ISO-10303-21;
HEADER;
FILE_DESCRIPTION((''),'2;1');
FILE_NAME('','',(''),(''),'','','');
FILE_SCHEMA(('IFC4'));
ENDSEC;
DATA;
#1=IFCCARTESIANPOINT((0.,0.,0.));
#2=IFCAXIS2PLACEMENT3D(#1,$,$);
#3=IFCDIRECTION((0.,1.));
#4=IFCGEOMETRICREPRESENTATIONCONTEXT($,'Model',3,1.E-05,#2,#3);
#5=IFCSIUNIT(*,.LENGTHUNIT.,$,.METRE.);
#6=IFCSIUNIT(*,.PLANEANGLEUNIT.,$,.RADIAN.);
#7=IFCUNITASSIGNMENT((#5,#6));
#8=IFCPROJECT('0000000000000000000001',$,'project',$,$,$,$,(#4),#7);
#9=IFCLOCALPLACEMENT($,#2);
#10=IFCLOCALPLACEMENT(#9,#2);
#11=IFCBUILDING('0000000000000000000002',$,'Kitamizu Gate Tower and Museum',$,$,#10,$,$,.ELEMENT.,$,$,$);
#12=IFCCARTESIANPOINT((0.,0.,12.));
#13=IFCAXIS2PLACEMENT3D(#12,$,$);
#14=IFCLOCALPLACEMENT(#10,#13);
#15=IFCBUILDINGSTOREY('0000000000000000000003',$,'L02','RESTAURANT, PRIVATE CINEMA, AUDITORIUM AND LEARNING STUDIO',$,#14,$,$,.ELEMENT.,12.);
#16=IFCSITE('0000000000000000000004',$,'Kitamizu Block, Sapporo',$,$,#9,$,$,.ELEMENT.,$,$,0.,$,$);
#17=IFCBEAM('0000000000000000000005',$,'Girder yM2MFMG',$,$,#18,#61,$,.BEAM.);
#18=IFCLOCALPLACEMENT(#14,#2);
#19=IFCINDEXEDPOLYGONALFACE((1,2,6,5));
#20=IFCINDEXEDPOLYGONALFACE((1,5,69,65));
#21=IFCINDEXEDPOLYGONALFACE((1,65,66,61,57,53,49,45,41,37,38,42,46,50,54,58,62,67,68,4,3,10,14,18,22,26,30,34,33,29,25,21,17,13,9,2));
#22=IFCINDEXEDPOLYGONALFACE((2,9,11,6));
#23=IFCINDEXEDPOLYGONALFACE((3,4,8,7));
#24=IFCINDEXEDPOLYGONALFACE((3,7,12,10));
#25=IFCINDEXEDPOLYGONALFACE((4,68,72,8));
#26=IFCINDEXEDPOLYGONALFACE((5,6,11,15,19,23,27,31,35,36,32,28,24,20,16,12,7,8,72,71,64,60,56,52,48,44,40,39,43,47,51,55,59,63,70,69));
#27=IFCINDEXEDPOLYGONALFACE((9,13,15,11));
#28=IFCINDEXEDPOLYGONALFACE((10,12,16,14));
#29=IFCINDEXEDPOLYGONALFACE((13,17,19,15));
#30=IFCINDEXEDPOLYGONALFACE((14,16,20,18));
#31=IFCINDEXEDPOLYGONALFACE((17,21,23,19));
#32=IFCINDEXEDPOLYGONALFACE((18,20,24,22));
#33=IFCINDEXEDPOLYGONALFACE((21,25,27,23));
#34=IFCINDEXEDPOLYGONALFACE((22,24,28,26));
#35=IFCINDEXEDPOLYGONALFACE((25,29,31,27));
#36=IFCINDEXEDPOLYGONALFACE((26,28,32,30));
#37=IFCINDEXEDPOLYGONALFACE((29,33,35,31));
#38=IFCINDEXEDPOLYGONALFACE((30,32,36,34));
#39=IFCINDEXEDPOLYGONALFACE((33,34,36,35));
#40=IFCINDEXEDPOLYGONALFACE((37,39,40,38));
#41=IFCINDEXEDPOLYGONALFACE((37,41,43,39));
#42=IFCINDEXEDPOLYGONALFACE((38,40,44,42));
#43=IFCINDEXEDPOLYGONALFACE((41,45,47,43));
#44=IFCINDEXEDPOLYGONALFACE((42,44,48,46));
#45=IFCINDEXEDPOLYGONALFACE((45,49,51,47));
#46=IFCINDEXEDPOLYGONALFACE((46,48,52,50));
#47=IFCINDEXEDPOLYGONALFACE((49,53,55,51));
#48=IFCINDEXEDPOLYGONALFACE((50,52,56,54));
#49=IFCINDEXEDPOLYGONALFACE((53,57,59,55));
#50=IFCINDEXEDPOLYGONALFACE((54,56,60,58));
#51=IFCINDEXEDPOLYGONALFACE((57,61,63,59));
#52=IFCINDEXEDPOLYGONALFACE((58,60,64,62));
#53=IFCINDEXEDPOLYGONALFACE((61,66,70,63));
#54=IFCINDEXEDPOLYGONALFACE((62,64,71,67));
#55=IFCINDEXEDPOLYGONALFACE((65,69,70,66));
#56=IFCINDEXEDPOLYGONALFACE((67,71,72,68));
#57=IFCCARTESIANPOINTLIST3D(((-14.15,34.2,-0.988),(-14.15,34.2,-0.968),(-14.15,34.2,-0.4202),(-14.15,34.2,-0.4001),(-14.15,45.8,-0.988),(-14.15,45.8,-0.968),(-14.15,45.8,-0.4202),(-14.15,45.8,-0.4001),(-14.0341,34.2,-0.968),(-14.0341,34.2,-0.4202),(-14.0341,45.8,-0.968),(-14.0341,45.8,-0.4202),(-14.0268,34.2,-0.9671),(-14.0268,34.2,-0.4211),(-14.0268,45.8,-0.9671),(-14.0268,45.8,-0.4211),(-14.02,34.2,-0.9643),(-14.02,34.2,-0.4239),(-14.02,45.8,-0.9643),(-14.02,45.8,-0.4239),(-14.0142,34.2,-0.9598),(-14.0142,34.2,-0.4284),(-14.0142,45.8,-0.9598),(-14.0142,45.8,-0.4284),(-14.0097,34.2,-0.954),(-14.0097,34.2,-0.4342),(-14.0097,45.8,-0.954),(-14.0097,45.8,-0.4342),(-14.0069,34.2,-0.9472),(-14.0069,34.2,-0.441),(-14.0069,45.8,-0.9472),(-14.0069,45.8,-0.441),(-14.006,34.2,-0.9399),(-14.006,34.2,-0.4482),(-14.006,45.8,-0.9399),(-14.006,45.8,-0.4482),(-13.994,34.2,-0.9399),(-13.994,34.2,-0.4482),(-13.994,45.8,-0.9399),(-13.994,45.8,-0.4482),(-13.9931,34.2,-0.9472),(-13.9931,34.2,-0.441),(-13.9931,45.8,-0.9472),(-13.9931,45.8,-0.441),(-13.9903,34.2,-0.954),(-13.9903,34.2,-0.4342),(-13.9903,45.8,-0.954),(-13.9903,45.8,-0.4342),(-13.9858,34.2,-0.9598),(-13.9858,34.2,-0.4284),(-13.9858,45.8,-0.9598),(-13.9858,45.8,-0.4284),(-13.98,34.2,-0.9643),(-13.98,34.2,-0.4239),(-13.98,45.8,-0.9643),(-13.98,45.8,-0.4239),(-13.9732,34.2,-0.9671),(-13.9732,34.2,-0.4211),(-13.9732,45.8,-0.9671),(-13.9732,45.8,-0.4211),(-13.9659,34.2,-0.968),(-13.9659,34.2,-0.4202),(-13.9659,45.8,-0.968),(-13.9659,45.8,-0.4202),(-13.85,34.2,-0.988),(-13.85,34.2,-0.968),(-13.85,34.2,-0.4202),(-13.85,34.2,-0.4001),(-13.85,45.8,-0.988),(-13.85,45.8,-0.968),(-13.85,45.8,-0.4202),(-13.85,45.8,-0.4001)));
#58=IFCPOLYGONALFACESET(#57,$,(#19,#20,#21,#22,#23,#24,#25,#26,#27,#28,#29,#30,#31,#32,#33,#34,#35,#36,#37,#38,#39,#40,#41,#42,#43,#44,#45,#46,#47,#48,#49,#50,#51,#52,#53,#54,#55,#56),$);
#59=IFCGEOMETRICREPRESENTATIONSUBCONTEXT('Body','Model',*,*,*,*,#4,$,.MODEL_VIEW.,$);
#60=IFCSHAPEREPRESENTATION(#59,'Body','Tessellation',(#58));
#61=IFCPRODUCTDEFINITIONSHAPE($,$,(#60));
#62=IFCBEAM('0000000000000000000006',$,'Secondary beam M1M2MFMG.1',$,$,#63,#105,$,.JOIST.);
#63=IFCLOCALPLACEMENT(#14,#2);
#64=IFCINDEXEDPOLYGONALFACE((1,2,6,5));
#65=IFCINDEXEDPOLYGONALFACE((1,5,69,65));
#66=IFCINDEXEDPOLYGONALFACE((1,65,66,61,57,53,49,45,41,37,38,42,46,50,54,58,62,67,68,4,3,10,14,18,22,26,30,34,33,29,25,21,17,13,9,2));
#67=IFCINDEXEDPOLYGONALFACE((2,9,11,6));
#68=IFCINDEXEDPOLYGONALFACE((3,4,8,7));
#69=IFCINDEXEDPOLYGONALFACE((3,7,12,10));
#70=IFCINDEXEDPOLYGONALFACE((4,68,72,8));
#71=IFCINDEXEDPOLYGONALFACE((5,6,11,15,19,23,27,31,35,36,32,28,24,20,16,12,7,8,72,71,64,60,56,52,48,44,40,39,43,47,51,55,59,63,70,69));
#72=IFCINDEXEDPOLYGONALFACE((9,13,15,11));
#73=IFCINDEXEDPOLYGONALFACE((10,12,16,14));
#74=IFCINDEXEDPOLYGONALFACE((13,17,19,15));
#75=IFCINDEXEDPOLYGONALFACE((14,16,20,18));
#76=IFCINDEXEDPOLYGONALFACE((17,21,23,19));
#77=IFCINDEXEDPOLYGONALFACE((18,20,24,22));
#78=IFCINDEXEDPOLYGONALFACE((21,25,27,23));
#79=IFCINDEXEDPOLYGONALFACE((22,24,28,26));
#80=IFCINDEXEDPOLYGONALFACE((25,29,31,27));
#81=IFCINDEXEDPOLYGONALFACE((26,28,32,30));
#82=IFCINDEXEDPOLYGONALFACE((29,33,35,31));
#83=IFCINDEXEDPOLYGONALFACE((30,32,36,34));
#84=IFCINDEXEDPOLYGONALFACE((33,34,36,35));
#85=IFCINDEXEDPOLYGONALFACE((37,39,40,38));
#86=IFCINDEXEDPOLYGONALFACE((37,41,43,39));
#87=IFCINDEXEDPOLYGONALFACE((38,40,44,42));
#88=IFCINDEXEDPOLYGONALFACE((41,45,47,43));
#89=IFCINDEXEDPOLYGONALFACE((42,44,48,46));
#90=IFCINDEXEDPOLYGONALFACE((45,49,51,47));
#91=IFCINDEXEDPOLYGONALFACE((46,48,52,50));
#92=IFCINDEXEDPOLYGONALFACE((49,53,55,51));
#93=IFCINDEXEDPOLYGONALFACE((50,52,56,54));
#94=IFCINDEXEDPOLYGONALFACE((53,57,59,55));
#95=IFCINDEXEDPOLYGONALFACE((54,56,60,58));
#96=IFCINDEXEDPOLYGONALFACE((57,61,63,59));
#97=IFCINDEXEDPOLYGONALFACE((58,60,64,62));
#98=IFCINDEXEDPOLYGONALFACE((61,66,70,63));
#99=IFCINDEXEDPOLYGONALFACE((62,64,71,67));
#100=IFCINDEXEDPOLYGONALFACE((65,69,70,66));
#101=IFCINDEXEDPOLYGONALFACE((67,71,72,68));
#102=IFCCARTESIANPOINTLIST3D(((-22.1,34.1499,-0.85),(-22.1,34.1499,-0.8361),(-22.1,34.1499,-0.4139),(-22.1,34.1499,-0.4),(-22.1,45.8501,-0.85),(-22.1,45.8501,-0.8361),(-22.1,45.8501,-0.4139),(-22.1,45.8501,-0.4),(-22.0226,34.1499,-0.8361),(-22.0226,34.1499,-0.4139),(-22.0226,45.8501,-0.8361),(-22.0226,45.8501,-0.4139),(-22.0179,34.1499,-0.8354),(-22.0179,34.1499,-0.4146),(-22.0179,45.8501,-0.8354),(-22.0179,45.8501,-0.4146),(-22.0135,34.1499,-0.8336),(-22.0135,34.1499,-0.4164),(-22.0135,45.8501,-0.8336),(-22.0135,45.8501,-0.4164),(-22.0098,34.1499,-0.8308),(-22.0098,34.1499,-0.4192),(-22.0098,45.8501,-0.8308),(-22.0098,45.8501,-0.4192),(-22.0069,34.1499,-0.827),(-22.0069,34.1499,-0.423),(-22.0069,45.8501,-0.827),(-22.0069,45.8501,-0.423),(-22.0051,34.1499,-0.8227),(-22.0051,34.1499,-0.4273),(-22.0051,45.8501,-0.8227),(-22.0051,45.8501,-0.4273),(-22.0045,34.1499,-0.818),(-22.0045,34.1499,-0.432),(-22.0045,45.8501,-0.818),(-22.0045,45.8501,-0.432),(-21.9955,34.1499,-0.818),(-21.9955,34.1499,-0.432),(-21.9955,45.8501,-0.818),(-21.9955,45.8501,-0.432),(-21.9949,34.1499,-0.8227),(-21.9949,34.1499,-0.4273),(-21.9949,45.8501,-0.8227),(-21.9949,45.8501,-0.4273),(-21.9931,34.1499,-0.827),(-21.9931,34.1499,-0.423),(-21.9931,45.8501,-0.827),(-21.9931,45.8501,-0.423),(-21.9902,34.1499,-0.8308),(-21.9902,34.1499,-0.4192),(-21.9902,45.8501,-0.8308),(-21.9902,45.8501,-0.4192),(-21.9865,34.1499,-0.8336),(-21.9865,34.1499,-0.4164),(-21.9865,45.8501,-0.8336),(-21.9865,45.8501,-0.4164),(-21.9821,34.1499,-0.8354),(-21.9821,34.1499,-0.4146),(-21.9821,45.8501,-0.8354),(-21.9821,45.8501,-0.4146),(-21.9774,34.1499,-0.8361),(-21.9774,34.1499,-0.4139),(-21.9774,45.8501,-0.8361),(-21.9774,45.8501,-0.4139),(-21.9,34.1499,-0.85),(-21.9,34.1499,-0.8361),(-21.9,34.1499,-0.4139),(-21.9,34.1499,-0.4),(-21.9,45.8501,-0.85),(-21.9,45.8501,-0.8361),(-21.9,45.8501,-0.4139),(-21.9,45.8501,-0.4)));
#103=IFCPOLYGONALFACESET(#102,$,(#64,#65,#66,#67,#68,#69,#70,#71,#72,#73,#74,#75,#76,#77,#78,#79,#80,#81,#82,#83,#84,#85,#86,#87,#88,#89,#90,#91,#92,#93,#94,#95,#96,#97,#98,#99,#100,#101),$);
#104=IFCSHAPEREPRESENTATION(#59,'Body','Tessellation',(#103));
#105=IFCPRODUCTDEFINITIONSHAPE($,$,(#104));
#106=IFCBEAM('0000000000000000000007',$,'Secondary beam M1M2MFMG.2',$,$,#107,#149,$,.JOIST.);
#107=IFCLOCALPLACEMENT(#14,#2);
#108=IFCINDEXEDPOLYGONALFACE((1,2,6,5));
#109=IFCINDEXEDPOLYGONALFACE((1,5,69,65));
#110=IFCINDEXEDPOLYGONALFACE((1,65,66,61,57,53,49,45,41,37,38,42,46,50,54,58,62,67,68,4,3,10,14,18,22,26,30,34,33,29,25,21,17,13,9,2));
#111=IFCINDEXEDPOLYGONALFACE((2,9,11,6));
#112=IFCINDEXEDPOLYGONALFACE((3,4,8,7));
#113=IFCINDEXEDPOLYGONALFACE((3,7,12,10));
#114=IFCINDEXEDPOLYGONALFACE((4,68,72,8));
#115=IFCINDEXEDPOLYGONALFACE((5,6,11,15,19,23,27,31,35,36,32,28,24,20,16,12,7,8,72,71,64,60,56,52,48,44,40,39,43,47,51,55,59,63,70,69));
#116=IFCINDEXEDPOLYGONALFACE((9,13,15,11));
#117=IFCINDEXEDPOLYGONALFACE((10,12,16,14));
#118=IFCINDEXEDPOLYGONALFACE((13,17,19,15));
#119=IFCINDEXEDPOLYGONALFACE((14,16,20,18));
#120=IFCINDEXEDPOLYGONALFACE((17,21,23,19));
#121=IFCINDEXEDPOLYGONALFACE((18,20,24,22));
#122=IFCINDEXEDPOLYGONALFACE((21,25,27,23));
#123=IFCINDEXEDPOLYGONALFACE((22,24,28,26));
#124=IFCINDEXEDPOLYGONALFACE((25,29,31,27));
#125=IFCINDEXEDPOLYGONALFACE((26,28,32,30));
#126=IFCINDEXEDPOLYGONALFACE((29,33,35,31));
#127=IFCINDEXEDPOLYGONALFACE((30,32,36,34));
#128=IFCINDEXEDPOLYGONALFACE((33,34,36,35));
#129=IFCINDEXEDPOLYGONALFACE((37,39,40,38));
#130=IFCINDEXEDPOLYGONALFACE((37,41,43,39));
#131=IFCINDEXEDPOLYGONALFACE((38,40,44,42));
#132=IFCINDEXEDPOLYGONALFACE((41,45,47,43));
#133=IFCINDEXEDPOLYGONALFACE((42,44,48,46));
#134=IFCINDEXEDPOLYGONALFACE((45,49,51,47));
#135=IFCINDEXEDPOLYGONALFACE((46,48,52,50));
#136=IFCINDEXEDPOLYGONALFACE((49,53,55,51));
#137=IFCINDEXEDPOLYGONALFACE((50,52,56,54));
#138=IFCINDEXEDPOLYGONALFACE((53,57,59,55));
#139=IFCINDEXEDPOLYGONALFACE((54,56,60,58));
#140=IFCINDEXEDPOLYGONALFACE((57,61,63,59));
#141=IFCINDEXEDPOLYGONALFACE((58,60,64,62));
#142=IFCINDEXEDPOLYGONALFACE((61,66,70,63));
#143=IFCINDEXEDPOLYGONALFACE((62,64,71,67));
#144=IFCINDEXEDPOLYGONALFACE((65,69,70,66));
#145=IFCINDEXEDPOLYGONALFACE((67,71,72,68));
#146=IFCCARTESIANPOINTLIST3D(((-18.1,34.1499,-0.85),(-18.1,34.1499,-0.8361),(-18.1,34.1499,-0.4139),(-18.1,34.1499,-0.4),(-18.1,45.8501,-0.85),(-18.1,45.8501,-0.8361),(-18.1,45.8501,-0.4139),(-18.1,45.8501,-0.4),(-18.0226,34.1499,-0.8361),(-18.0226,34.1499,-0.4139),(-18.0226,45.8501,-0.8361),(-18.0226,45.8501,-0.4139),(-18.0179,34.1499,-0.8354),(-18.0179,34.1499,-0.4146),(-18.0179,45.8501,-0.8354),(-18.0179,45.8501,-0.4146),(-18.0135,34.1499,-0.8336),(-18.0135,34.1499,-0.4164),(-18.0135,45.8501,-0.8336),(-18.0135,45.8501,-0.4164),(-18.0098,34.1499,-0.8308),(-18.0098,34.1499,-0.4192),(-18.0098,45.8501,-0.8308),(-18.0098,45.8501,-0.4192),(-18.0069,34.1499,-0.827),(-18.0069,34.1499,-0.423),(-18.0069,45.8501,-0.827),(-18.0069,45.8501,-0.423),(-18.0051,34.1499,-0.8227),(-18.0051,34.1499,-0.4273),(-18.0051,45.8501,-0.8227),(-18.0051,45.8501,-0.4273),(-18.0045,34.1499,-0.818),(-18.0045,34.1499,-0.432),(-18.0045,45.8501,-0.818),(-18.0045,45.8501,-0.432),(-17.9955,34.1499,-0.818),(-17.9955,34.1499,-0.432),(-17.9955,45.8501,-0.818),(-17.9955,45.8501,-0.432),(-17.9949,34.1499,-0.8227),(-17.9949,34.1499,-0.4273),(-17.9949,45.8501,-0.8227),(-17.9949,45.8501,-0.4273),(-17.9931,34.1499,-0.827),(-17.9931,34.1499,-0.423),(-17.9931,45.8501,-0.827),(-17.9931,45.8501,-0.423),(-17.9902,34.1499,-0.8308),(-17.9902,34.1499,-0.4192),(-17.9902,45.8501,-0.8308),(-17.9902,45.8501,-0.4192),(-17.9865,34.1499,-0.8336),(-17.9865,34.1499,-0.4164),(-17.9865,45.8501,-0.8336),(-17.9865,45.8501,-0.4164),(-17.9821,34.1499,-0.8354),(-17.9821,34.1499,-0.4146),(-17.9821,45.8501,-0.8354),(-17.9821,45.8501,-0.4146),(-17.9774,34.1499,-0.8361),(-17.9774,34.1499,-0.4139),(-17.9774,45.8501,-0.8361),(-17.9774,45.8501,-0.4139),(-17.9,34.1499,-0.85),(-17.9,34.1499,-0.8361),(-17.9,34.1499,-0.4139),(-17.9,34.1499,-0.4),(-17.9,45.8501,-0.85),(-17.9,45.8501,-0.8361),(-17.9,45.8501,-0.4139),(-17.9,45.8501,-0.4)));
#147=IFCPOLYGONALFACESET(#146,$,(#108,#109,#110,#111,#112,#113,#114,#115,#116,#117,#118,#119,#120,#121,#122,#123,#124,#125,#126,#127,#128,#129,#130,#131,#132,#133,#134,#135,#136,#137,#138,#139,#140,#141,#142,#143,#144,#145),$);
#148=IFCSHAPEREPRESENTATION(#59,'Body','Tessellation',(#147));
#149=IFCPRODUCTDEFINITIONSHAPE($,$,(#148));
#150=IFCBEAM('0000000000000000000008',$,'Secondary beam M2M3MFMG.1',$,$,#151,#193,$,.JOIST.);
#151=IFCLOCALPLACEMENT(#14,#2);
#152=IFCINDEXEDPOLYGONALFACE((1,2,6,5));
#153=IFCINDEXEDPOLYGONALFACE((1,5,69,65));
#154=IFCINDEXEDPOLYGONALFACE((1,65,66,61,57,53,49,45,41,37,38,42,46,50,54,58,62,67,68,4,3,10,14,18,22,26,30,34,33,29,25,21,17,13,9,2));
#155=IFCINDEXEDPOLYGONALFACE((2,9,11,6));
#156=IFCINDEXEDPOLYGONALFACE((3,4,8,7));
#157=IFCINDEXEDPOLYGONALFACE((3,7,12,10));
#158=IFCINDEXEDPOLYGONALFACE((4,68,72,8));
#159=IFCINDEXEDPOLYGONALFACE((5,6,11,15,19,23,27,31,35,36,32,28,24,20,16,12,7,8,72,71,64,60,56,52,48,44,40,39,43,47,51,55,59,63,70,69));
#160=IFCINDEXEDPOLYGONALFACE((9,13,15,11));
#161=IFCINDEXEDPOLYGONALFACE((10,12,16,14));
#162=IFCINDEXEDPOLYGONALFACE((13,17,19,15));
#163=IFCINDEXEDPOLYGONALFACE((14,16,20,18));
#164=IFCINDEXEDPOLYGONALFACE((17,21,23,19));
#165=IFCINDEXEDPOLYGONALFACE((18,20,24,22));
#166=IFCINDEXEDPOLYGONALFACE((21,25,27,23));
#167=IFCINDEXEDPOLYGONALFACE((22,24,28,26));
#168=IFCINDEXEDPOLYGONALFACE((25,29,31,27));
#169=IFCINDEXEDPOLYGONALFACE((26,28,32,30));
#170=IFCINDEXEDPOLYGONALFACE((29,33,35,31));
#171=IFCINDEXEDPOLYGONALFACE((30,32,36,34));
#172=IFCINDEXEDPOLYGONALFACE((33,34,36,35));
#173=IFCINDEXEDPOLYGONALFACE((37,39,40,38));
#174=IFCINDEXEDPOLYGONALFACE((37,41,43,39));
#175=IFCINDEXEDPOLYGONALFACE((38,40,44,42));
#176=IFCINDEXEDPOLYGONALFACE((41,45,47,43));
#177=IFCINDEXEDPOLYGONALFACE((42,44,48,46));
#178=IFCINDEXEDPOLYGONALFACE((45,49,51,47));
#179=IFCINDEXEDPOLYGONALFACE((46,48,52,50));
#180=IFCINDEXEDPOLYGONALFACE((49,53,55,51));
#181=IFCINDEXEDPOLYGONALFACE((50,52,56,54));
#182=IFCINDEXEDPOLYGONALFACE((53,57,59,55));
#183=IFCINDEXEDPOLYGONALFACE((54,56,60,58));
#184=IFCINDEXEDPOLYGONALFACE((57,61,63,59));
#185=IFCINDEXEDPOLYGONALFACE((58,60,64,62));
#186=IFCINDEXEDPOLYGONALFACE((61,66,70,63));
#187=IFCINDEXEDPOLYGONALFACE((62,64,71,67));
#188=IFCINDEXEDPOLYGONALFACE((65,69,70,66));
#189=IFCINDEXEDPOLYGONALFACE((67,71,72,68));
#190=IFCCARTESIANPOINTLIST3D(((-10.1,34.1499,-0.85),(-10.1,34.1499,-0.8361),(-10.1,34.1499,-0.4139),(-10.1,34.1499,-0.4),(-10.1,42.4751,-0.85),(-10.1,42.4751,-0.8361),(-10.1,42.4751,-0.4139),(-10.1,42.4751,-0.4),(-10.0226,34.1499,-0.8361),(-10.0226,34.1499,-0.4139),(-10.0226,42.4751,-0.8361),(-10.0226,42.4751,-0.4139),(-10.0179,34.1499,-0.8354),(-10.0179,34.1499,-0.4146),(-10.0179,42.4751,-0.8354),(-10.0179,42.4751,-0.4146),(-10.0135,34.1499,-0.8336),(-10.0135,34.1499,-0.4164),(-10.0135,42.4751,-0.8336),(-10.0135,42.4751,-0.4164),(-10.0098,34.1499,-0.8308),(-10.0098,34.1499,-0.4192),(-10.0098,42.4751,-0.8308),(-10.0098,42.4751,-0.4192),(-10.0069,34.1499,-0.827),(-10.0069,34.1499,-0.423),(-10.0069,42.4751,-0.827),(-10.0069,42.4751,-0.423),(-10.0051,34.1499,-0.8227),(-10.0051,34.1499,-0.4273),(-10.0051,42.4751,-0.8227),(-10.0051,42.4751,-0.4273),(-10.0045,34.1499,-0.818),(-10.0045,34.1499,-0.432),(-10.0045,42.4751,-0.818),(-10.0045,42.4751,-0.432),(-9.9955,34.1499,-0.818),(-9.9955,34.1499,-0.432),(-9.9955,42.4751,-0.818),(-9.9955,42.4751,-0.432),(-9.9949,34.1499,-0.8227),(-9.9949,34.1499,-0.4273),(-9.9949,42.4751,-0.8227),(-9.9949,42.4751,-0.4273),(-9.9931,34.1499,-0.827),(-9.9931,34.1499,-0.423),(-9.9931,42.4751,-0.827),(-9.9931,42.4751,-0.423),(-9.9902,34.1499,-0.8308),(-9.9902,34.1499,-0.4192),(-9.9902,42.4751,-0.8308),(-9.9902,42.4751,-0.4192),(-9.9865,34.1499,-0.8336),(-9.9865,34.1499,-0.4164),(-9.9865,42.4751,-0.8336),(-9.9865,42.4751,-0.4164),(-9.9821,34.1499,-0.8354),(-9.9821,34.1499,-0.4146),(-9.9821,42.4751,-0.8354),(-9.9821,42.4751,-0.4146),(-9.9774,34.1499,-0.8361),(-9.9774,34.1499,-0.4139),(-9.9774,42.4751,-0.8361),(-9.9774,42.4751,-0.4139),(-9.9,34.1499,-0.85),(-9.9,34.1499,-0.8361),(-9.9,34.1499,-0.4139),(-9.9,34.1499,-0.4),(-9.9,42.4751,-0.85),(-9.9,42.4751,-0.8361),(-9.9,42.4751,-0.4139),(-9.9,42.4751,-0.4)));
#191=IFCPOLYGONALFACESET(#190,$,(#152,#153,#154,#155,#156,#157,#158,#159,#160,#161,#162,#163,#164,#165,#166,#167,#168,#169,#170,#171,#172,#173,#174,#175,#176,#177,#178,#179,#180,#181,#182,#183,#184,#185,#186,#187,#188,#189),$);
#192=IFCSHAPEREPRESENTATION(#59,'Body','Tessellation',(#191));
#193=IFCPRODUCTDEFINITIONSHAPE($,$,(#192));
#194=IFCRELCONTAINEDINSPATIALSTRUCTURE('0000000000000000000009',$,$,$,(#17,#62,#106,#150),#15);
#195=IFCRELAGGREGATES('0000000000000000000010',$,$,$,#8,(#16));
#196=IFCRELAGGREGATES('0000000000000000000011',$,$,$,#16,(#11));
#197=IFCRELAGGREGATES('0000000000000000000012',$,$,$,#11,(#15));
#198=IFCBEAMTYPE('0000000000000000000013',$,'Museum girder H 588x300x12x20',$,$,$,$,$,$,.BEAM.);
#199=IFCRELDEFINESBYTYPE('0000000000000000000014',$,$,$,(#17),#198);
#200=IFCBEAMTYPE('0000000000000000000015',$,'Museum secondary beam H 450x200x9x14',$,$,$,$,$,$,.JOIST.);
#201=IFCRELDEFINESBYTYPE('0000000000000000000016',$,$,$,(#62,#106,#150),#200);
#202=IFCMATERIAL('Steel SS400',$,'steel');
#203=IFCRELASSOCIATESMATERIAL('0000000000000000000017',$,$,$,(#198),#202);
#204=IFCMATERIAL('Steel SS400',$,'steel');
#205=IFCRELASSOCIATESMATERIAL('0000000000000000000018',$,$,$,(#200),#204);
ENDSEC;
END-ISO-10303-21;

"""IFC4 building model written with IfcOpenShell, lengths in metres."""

from ifc_helpers import new_model, si_unit, direction, frame, origin, origin_2d, place, context, subcontext, project, spatial, i_section, extrude, material, material_profile, profile_set, type_object, element, save


model = new_model("IFC4")

# Units and contexts
model_context = context("Model", 3, precision=1e-05, world=origin(), true_north=direction((0.0, 1.0)))
body_context = subcontext(model_context, "Body", "Model", "MODEL_VIEW")
ifc_project = project(units=[si_unit("LENGTHUNIT", "METRE"), si_unit("PLANEANGLEUNIT", "RADIAN")], contexts=[model_context])

# Site, building, storey
site_placement = place(None, origin())
site = spatial("IfcSite", under=ifc_project, at=site_placement, Name="Kitamizu Block, Sapporo", CompositionType="ELEMENT", RefElevation=0.0)
building_placement = place(site_placement, origin())
building = spatial("IfcBuilding", under=site, at=building_placement, Name="Kitamizu Gate Tower and Museum", CompositionType="ELEMENT")
storey_placement = place(building_placement, frame((0.0, 0.0, 12.0)))
storey = spatial("IfcBuildingStorey", under=building, at=storey_placement, Name="L02", Description="RESTAURANT, PRIVATE CINEMA, AUDITORIUM AND LEARNING STUDIO", CompositionType="ELEMENT", Elevation=12.0)

# Beams
ifc_material_1 = material(Name="Steel SS400", Category="steel")
ifc_material_profile_1 = material_profile(ifc_material_1, i_section(OverallWidth=0.3, OverallDepth=0.5879, WebThickness=0.012, FlangeThickness=0.02, FilletRadius=0.0281, at=origin_2d()), Name="H-588x300x12x20")
ifc_profile_set_1 = profile_set([ifc_material_profile_1], Name="Steel SS400")
beam_type_1 = type_object("IfcBeamType", Name="Museum girder H 588x300x12x20", PredefinedType="BEAM", material=ifc_profile_set_1)
for number, where, z_axis, x_axis, name in (
    (1, (-14.0, 34.2, -0.6941), (0.0, 1.0, 0.0), (-1.0, 0.0, 0.0), "Girder yM2MFMG"),
):
    element("IfcBeam", number, at=place(storey_placement, frame(where, z_axis=z_axis, x_axis=x_axis)), inside=storey, type_object=beam_type_1, Name=name, PredefinedType="BEAM", context=body_context, shape_type="SweptSolid", body=[
        extrude(i_section(OverallWidth=0.3, OverallDepth=0.5879, WebThickness=0.012, FlangeThickness=0.02, FilletRadius=0.0281, at=origin_2d()), origin(), (0.0, 0.0, 1.0), 11.6001),
    ])
ifc_material_2 = material(Name="Steel SS400", Category="steel")
ifc_material_profile_2 = material_profile(ifc_material_2, i_section(OverallWidth=0.2, OverallDepth=0.45, WebThickness=0.009, FlangeThickness=0.0139, FilletRadius=0.0181, at=origin_2d()), Name="H-450x200x9x14")
ifc_profile_set_2 = profile_set([ifc_material_profile_2], Name="Steel SS400")
beam_type_2 = type_object("IfcBeamType", Name="Museum secondary beam H 450x200x9x14", PredefinedType="JOIST", material=ifc_profile_set_2)
for number, where, z_axis, x_axis, name in (
    (2, (-22.0, 34.1499, -0.625), (0.0, 1.0, 0.0), (-1.0, 0.0, 0.0), "Secondary beam M1M2MFMG.1"),
    (3, (-18.0, 34.1499, -0.625), (0.0, 1.0, 0.0), (-1.0, 0.0, 0.0), "Secondary beam M1M2MFMG.2"),
):
    element("IfcBeam", number, at=place(storey_placement, frame(where, z_axis=z_axis, x_axis=x_axis)), inside=storey, type_object=beam_type_2, Name=name, PredefinedType="JOIST", context=body_context, shape_type="SweptSolid", body=[
        extrude(i_section(OverallWidth=0.2, OverallDepth=0.45, WebThickness=0.009, FlangeThickness=0.0139, FilletRadius=0.0181, at=origin_2d()), origin(), (0.0, 0.0, 1.0), 11.7002),
    ])
beam_1_placement = place(storey_placement, frame((-10.0, 34.1499, -0.625), z_axis=(0.0, 1.0, 0.0), x_axis=(-1.0, 0.0, 0.0)))
element("IfcBeam", 4, at=beam_1_placement, inside=storey, type_object=beam_type_2, Name="Secondary beam M2M3MFMG.1", PredefinedType="JOIST", context=body_context, shape_type="SweptSolid", body=[
    extrude(i_section(OverallWidth=0.2, OverallDepth=0.45, WebThickness=0.009, FlangeThickness=0.0139, FilletRadius=0.0181, at=origin_2d()), origin(), (0.0, 0.0, 1.0), 8.3252),
])

save(model, "model.ifc")
